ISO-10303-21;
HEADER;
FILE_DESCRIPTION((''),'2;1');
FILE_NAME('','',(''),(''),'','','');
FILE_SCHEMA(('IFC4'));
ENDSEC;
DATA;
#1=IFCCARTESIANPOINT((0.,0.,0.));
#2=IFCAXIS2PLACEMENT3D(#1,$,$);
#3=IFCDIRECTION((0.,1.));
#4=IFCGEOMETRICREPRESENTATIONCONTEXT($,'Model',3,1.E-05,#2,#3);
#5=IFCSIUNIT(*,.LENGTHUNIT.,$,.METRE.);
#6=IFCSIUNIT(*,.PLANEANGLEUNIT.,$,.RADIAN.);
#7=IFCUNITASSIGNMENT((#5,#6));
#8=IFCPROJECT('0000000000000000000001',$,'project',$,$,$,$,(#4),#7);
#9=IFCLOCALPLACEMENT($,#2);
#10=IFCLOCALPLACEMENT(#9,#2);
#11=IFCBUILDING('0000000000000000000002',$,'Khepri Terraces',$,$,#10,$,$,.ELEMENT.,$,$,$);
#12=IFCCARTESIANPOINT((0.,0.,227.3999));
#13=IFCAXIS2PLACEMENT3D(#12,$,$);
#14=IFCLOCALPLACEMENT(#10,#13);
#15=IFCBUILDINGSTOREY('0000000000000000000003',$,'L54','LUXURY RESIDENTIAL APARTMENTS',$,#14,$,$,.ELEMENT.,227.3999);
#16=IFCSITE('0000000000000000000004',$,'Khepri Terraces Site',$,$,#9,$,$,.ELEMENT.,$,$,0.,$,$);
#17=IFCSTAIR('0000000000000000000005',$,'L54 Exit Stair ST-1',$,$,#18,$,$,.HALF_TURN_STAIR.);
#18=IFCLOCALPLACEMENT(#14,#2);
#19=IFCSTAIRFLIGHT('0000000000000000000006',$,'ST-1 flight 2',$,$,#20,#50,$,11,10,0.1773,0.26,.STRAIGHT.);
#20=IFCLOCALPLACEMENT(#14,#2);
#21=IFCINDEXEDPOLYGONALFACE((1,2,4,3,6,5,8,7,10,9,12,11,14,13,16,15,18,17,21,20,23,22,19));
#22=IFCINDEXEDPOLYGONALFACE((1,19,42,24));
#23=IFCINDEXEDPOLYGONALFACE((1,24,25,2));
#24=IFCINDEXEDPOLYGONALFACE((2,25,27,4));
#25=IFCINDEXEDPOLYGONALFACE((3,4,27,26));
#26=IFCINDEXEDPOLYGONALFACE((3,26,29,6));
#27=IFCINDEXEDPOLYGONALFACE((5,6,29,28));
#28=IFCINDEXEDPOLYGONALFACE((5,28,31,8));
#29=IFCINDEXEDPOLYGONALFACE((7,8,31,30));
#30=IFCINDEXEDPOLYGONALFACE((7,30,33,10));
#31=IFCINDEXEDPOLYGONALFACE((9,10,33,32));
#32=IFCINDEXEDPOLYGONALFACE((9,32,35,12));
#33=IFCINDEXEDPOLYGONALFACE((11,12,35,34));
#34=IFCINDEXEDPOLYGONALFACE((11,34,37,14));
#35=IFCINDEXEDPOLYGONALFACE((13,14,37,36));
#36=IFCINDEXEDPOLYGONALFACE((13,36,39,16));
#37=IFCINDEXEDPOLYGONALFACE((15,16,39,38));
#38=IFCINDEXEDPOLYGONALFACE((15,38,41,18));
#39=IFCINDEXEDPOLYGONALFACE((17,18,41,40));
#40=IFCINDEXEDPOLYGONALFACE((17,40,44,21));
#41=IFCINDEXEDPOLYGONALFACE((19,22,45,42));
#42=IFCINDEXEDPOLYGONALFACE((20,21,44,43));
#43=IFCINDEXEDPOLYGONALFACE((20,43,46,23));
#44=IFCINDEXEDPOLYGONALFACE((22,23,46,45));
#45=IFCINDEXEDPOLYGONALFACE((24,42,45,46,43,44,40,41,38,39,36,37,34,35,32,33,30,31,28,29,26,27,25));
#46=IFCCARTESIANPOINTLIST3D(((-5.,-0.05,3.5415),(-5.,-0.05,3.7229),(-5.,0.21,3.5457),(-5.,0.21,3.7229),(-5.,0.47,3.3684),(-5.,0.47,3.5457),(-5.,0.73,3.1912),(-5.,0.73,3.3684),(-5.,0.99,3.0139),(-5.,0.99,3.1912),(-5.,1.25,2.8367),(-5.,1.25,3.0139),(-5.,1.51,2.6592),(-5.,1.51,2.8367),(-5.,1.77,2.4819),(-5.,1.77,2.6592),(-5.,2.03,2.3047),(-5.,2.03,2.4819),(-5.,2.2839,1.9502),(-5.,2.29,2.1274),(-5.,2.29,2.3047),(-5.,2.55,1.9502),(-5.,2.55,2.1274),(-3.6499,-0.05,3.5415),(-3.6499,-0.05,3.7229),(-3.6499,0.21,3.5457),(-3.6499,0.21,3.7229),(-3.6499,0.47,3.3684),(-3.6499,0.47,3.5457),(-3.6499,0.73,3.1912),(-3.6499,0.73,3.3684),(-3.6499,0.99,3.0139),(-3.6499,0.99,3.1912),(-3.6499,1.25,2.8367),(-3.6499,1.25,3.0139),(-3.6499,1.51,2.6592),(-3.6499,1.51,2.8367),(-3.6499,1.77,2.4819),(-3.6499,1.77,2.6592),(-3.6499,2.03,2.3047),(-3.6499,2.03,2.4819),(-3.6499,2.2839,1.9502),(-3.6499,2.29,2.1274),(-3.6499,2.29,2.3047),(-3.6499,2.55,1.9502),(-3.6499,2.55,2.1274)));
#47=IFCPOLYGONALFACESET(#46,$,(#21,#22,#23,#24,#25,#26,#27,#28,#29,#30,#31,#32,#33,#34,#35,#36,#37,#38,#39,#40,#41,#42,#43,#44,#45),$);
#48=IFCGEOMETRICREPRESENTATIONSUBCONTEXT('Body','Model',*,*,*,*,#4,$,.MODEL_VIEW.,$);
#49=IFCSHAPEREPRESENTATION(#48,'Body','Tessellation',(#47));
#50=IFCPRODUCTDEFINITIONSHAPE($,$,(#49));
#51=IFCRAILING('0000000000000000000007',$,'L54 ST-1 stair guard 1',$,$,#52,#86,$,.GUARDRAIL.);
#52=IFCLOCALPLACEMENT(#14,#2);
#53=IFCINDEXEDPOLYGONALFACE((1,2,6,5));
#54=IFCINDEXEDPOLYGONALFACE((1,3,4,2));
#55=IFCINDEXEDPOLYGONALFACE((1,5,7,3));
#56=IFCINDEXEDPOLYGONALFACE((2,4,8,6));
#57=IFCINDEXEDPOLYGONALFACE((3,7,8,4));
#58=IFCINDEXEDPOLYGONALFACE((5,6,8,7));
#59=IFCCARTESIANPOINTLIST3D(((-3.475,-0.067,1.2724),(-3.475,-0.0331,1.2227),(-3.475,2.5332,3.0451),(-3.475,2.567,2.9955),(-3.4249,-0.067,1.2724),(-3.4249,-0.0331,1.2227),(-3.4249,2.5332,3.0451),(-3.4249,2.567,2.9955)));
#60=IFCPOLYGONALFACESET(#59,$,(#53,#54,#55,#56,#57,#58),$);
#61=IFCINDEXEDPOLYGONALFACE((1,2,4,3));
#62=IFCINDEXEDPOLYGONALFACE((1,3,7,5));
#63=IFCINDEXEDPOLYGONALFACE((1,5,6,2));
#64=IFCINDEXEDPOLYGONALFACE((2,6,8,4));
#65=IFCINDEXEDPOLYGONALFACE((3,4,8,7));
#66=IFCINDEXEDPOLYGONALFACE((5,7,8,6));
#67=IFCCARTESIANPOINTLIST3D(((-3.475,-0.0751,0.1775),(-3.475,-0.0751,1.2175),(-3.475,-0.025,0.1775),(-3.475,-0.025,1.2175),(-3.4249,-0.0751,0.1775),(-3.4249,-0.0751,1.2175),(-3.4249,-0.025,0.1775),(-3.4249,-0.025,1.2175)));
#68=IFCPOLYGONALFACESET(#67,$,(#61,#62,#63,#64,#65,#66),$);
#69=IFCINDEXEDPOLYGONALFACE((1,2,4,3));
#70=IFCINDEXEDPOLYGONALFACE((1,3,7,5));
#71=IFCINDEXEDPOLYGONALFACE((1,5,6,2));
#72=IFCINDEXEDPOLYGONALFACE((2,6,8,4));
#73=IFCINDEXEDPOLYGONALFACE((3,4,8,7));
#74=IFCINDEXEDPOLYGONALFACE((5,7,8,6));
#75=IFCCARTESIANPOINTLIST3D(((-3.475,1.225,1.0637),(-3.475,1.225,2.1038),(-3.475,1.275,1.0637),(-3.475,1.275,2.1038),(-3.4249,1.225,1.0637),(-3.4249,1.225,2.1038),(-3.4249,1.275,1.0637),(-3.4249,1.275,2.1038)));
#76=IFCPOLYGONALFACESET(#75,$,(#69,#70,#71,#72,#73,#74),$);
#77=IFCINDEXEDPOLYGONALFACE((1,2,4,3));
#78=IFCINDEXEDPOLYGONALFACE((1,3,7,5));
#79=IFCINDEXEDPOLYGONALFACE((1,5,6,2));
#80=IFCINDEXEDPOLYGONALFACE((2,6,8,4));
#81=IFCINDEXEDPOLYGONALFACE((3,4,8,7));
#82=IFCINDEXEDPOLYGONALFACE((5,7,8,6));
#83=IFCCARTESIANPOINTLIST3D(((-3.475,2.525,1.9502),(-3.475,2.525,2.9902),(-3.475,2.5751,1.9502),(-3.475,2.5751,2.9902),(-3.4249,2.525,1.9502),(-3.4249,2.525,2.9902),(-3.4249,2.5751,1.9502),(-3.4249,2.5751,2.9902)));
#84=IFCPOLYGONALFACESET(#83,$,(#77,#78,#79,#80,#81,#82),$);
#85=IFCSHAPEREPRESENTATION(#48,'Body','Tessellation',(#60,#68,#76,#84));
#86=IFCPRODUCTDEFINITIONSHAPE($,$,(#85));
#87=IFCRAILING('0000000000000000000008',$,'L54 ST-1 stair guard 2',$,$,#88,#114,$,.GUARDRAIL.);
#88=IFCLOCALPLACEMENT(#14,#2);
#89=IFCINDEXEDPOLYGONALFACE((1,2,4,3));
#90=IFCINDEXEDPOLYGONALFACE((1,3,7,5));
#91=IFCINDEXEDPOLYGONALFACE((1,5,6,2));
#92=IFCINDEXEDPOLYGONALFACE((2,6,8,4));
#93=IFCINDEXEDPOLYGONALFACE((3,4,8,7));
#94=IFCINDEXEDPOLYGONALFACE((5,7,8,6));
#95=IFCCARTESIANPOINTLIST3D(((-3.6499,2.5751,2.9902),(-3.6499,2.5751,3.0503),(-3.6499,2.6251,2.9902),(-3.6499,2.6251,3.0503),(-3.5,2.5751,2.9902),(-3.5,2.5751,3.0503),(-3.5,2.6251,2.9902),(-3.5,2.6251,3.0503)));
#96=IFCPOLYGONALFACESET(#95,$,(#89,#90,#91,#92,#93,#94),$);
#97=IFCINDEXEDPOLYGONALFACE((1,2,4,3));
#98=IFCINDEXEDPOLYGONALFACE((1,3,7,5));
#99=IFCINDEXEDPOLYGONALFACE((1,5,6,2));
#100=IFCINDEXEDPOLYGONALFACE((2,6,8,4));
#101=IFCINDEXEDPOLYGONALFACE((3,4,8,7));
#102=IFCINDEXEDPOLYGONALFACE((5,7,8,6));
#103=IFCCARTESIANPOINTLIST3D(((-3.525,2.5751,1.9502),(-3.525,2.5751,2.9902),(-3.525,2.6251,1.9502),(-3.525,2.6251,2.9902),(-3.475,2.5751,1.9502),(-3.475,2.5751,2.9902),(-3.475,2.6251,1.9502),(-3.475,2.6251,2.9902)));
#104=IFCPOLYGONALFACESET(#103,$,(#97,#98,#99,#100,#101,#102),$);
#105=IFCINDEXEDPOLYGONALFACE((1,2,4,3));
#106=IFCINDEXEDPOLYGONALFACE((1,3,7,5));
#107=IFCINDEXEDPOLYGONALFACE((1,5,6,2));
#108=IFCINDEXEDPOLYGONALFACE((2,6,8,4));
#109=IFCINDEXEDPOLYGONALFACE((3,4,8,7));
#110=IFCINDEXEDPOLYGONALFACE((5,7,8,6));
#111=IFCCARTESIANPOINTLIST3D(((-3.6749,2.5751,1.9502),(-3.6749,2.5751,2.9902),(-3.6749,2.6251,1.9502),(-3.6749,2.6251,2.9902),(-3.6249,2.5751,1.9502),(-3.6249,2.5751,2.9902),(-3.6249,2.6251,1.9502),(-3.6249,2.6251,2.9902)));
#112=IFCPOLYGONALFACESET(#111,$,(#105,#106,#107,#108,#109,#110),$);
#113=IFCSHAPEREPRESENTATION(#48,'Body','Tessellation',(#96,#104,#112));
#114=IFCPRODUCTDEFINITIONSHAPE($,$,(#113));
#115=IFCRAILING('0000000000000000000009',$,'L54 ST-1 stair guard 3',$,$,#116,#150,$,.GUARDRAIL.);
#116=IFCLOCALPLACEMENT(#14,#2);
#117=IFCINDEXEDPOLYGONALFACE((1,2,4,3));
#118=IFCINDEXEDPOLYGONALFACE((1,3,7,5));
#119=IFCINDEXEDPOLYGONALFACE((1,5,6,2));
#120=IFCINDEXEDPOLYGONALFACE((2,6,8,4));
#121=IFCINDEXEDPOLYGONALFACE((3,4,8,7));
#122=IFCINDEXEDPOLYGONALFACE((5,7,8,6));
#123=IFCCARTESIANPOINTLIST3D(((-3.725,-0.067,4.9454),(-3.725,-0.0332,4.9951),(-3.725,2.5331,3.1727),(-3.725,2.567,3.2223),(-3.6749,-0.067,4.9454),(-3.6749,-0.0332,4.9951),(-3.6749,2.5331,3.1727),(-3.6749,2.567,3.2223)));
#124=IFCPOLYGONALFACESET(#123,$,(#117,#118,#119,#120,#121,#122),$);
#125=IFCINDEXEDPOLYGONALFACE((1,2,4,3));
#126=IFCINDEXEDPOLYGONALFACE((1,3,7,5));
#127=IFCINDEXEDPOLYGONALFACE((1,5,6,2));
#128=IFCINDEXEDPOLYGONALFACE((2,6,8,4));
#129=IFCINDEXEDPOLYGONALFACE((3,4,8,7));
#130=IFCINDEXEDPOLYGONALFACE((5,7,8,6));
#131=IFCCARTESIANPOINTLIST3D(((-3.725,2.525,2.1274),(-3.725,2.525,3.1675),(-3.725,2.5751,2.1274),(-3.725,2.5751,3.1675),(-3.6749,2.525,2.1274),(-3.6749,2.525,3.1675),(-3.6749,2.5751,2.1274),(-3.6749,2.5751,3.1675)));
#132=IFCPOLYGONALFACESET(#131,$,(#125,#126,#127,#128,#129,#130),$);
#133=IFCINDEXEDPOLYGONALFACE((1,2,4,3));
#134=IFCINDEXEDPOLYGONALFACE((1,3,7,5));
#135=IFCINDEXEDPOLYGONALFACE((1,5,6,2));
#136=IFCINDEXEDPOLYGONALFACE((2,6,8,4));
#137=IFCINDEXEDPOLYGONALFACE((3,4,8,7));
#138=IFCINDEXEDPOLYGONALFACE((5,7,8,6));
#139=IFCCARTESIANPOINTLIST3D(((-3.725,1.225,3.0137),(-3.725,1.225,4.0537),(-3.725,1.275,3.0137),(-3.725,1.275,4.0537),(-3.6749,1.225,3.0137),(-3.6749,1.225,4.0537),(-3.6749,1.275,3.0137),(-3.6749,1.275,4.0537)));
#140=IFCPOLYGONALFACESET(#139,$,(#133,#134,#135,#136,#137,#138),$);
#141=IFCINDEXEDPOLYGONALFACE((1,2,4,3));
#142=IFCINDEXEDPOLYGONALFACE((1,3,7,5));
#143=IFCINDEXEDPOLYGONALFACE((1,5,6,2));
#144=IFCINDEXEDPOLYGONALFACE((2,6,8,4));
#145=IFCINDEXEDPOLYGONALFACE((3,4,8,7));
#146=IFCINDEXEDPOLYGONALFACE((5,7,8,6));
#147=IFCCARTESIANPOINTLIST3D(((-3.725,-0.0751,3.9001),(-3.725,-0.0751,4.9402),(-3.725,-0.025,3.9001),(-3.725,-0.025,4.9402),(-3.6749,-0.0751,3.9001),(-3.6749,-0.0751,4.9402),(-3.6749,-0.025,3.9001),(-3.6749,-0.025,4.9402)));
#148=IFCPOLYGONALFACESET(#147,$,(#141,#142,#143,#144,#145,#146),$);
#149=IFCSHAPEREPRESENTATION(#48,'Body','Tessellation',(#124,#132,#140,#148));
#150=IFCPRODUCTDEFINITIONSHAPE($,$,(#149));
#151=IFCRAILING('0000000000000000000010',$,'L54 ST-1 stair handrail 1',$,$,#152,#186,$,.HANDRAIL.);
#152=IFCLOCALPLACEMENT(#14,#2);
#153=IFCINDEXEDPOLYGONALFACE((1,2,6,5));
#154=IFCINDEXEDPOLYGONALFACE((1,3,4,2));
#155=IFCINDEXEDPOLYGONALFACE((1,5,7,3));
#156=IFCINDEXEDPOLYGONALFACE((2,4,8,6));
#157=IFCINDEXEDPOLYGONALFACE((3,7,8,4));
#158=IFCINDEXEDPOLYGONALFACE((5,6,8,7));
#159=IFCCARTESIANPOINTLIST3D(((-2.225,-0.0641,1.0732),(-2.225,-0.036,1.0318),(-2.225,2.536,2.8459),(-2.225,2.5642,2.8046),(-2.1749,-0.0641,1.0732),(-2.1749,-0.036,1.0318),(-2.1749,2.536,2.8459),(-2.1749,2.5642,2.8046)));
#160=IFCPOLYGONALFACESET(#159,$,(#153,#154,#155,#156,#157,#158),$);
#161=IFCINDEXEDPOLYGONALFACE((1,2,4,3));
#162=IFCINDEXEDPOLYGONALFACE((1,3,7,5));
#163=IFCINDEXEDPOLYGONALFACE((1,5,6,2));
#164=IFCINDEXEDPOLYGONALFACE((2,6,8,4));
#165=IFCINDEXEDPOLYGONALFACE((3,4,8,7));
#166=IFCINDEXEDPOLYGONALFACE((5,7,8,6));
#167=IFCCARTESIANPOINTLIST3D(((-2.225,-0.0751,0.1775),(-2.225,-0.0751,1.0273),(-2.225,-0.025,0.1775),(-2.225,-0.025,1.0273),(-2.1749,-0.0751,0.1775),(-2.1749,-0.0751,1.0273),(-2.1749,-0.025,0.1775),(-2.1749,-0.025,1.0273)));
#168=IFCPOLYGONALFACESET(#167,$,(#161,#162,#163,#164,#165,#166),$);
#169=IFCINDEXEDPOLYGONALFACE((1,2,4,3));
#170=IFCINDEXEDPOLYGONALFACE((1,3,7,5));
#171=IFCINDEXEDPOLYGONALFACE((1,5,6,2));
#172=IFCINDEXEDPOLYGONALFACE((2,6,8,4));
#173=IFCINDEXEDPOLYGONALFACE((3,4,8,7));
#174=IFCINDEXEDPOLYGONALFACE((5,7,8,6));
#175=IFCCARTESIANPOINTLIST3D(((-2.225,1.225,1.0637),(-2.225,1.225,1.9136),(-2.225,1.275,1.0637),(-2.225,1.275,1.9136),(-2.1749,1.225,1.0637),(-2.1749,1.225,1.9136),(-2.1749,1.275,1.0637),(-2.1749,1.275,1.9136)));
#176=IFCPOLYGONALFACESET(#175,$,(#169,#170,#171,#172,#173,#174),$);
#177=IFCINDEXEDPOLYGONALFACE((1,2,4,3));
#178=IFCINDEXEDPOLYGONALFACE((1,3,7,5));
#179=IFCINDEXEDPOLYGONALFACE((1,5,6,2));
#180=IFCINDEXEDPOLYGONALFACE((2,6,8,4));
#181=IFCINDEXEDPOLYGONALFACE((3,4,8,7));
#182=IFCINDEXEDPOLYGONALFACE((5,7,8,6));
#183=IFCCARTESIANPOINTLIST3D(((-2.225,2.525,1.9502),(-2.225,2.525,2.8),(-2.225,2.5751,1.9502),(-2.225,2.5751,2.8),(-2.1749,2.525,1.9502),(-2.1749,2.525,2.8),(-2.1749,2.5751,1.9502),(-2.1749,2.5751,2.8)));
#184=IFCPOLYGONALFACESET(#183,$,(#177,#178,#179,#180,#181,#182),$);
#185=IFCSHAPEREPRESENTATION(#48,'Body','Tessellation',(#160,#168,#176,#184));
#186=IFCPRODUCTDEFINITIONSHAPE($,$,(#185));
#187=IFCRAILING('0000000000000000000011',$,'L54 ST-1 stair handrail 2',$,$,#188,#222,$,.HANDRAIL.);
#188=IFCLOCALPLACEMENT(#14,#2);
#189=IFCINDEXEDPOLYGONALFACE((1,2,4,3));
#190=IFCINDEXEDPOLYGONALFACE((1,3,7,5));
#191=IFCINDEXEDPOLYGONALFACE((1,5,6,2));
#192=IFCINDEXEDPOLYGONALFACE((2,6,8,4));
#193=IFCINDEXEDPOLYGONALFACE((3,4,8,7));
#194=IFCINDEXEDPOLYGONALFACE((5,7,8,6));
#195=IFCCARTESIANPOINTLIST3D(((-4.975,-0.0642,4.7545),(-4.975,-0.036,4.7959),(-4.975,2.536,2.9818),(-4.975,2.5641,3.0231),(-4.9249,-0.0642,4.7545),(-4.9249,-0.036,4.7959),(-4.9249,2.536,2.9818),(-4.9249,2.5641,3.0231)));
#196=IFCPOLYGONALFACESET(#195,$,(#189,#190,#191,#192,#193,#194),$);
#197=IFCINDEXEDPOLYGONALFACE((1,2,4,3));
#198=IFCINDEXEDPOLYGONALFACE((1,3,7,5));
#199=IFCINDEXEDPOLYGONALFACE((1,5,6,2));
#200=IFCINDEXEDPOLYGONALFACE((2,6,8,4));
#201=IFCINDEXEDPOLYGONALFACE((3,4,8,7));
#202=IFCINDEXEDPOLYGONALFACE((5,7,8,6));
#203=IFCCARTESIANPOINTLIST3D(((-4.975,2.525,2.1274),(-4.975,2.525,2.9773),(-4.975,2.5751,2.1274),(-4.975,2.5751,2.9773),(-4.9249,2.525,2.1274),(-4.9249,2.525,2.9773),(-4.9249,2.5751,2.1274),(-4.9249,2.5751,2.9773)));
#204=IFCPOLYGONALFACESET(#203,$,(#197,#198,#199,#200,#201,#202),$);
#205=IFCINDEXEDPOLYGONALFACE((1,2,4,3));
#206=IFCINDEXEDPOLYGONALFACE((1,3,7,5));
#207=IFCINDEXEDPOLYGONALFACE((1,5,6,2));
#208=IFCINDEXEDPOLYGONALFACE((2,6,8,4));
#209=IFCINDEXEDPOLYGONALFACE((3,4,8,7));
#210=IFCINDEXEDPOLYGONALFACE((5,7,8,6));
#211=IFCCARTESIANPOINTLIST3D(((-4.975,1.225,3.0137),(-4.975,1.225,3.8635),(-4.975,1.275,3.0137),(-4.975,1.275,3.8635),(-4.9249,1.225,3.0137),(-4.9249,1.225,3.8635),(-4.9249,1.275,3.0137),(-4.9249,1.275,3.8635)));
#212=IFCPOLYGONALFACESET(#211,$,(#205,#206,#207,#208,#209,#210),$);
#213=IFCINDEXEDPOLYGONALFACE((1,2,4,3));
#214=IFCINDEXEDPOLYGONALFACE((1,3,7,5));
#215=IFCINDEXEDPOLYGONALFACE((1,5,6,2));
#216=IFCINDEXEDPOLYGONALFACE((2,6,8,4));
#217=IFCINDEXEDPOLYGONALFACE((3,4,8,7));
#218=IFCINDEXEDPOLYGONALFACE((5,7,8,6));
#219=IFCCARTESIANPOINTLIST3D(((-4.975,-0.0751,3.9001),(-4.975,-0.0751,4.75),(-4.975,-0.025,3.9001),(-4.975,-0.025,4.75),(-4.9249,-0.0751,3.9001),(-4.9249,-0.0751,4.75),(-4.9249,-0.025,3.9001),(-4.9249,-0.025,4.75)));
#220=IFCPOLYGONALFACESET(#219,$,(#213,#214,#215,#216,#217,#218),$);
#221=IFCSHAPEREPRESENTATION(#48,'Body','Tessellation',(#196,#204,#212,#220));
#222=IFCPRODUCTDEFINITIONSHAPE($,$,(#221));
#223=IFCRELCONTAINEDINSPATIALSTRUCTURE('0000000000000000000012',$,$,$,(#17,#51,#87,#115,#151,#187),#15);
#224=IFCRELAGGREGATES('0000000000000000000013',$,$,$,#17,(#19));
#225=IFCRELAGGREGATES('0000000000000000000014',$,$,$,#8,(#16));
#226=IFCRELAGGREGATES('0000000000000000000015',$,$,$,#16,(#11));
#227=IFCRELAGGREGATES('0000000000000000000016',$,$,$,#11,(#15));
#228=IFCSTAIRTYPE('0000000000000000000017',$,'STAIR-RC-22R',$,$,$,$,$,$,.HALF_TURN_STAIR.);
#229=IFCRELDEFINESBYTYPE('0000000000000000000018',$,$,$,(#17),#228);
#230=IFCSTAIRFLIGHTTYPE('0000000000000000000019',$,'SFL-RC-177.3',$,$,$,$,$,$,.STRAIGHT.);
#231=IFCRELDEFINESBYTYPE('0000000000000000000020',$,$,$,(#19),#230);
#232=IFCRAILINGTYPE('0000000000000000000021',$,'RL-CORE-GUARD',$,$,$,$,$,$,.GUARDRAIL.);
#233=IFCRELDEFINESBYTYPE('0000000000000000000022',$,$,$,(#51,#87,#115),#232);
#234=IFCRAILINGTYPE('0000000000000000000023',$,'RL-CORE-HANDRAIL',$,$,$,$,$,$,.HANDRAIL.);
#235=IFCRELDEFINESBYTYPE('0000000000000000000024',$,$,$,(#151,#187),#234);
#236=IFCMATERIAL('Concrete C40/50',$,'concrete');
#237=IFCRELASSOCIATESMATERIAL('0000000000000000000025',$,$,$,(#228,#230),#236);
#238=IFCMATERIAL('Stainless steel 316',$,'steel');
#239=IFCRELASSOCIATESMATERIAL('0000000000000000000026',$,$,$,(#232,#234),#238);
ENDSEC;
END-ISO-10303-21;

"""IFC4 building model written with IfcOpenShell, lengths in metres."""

from ifc_helpers import new_model, si_unit, direction, frame, origin, origin_2d, place, context, subcontext, project, spatial, polyline, rectangle, outline, extrude, material, type_object, element, aggregate, save


model = new_model("IFC4")

# Units and contexts
model_context = context("Model", 3, precision=1e-05, world=origin(), true_north=direction((0.0, 1.0)))
body_context = subcontext(model_context, "Body", "Model", "MODEL_VIEW")
ifc_project = project(units=[si_unit("LENGTHUNIT", "METRE"), si_unit("PLANEANGLEUNIT", "RADIAN")], contexts=[model_context])

# Site, building, storey
site_placement = place(None, origin())
site = spatial("IfcSite", under=ifc_project, at=site_placement, Name="Khepri Terraces Site", CompositionType="ELEMENT", RefElevation=0.0)
building_placement = place(site_placement, origin())
building = spatial("IfcBuilding", under=site, at=building_placement, Name="Khepri Terraces", CompositionType="ELEMENT")
storey_placement = place(building_placement, frame((0.0, 0.0, 227.3999)))
storey = spatial("IfcBuildingStorey", under=building, at=storey_placement, Name="L54", Description="LUXURY RESIDENTIAL APARTMENTS", CompositionType="ELEMENT", Elevation=227.3999)

# Stair, stair flight
ifc_material_1 = material(Name="Concrete C40/50", Category="concrete")
stair_type = type_object("IfcStairType", Name="STAIR-RC-22R", PredefinedType="HALF_TURN_STAIR", material=ifc_material_1)
stair_placement = place(storey_placement, origin())
stair = element("IfcStair", 1, at=stair_placement, inside=storey, type_object=stair_type, Name="L54 Exit Stair ST-1", PredefinedType="HALF_TURN_STAIR")
stair_flight_type = type_object("IfcStairFlightType", Name="SFL-RC-177.3", PredefinedType="STRAIGHT", material=ifc_material_1)
stair_flight_1_placement = place(storey_placement, frame((-4.325, 2.55, 1.9502), z_axis=(0.0, 0.0, 1.0), x_axis=(0.0, -1.0, 0.0)))
stair_flight_1 = element("IfcStairFlight", 2, at=stair_flight_1_placement, type_object=stair_flight_type, Name="ST-1 flight 2", NumberOfRisers=11, NumberOfTreads=10, PredefinedType="STRAIGHT", RiserHeight=0.1773, TreadLength=0.26, context=body_context, shape_type="SweptSolid", body=[
    extrude(outline(polyline([(0.0, 0.0), (0.0, 0.1772), (0.26, 0.1772), (0.26, 0.3545), (0.52, 0.3545), (0.52, 0.5317), (0.78, 0.5317), (0.78, 0.709), (1.04, 0.709), (1.04, 0.8865), (1.3, 0.8865), (1.3, 1.0637), (1.5601, 1.0637), (1.5601, 1.241), (1.8201, 1.241), (1.8201, 1.4182), (2.0801, 1.4182), (2.0801, 1.5955), (2.3401, 1.5955), (2.3401, 1.7727), (2.6001, 1.7727), (2.6001, 1.95), (2.6001, 1.5913), (0.2661, 0.0), (0.0, 0.0)])), frame((0.0, 0.675, 0.0), z_axis=(0.0, -1.0, 0.0), x_axis=(1.0, 0.0, 0.0)), (0.0, 0.0, 1.0), 1.3501),
])
aggregate(stair, [stair_flight_1])

# Railings
ifc_material_2 = material(Name="Stainless steel 316", Category="steel")
railing_type_1 = type_object("IfcRailingType", Name="RL-CORE-GUARD", PredefinedType="GUARDRAIL", material=ifc_material_2)
railing_1_placement = place(storey_placement, frame((-3.45, -0.05, 0.1775)))
element("IfcRailing", 3, at=railing_1_placement, inside=storey, type_object=railing_type_1, Name="L54 ST-1 stair guard 1", PredefinedType="GUARDRAIL", context=body_context, shape_type="SweptSolid", body=[
    extrude(rectangle(XDim=0.05, YDim=0.0601, at=origin_2d()), frame((0.0, 0.0, 1.0701), z_axis=(0.0, 0.82624, 0.563318), x_axis=(-1.0, 0.0, 0.0)), (0.0, 0.0, 1.0), 3.147),
    extrude(rectangle(XDim=0.05, YDim=0.05, at=origin_2d()), origin(), (0.0, 0.0, 1.0), 1.04),
    extrude(rectangle(XDim=0.05, YDim=0.05, at=origin_2d()), frame((0.0, 1.3, 0.8862)), (0.0, 0.0, 1.0), 1.04),
    extrude(rectangle(XDim=0.05, YDim=0.05, at=origin_2d()), frame((0.0, 2.6001, 1.7727)), (0.0, 0.0, 1.0), 1.04),
])
railing_2_placement = place(storey_placement, frame((-3.5, 2.6001, 1.9502)))
element("IfcRailing", 4, at=railing_2_placement, inside=storey, type_object=railing_type_1, Name="L54 ST-1 stair guard 2", PredefinedType="GUARDRAIL", context=body_context, shape_type="SweptSolid", body=[
    extrude(rectangle(XDim=0.05, YDim=0.0601, at=origin_2d()), frame((0.0, 0.0, 1.0701), z_axis=(-1.0, 0.0, 0.0), x_axis=(0.0, -1.0, 0.0)), (0.0, 0.0, 1.0), 0.1499),
    extrude(rectangle(XDim=0.05, YDim=0.05, at=origin_2d()), origin(), (0.0, 0.0, 1.0), 1.04),
    extrude(rectangle(XDim=0.05, YDim=0.05, at=origin_2d()), frame((-0.1499, 0.0, 0.0)), (0.0, 0.0, 1.0), 1.04),
])
railing_3_placement = place(storey_placement, frame((-3.7, 2.55, 2.1274)))
element("IfcRailing", 5, at=railing_3_placement, inside=storey, type_object=railing_type_1, Name="L54 ST-1 stair guard 3", PredefinedType="GUARDRAIL", context=body_context, shape_type="SweptSolid", body=[
    extrude(rectangle(XDim=0.05, YDim=0.0601, at=origin_2d()), frame((0.0, 0.0, 1.0701), z_axis=(0.0, -0.82624, 0.563318), x_axis=(1.0, 0.0, 0.0)), (0.0, 0.0, 1.0), 3.147),
    extrude(rectangle(XDim=0.05, YDim=0.05, at=origin_2d()), origin(), (0.0, 0.0, 1.0), 1.04),
    extrude(rectangle(XDim=0.05, YDim=0.05, at=origin_2d()), frame((0.0, -1.3, 0.8862)), (0.0, 0.0, 1.0), 1.04),
    extrude(rectangle(XDim=0.05, YDim=0.05, at=origin_2d()), frame((0.0, -2.6001, 1.7727)), (0.0, 0.0, 1.0), 1.04),
])
railing_type_2 = type_object("IfcRailingType", Name="RL-CORE-HANDRAIL", PredefinedType="HANDRAIL", material=ifc_material_2)
railing_4_placement = place(storey_placement, frame((-2.2, -0.05, 0.1775)))
element("IfcRailing", 6, at=railing_4_placement, inside=storey, type_object=railing_type_2, Name="L54 ST-1 stair handrail 1", PredefinedType="HANDRAIL", context=body_context, shape_type="SweptSolid", body=[
    extrude(rectangle(XDim=0.05, YDim=0.05, at=origin_2d()), frame((0.0, 0.0, 0.875), z_axis=(0.0, 0.82624, 0.563318), x_axis=(-1.0, 0.0, 0.0)), (0.0, 0.0, 1.0), 3.147),
    extrude(rectangle(XDim=0.05, YDim=0.05, at=origin_2d()), origin(), (0.0, 0.0, 1.0), 0.8499),
    extrude(rectangle(XDim=0.05, YDim=0.05, at=origin_2d()), frame((0.0, 1.3, 0.8862)), (0.0, 0.0, 1.0), 0.8499),
    extrude(rectangle(XDim=0.05, YDim=0.05, at=origin_2d()), frame((0.0, 2.6001, 1.7727)), (0.0, 0.0, 1.0), 0.8499),
])
railing_5_placement = place(storey_placement, frame((-4.95, 2.55, 2.1274)))
element("IfcRailing", 7, at=railing_5_placement, inside=storey, type_object=railing_type_2, Name="L54 ST-1 stair handrail 2", PredefinedType="HANDRAIL", context=body_context, shape_type="SweptSolid", body=[
    extrude(rectangle(XDim=0.05, YDim=0.05, at=origin_2d()), frame((0.0, 0.0, 0.875), z_axis=(0.0, -0.82624, 0.563318), x_axis=(1.0, 0.0, 0.0)), (0.0, 0.0, 1.0), 3.147),
    extrude(rectangle(XDim=0.05, YDim=0.05, at=origin_2d()), origin(), (0.0, 0.0, 1.0), 0.8499),
    extrude(rectangle(XDim=0.05, YDim=0.05, at=origin_2d()), frame((0.0, -1.3, 0.8862)), (0.0, 0.0, 1.0), 0.8499),
    extrude(rectangle(XDim=0.05, YDim=0.05, at=origin_2d()), frame((0.0, -2.6001, 1.7727)), (0.0, 0.0, 1.0), 0.8499),
])

save(model, "model.ifc")
